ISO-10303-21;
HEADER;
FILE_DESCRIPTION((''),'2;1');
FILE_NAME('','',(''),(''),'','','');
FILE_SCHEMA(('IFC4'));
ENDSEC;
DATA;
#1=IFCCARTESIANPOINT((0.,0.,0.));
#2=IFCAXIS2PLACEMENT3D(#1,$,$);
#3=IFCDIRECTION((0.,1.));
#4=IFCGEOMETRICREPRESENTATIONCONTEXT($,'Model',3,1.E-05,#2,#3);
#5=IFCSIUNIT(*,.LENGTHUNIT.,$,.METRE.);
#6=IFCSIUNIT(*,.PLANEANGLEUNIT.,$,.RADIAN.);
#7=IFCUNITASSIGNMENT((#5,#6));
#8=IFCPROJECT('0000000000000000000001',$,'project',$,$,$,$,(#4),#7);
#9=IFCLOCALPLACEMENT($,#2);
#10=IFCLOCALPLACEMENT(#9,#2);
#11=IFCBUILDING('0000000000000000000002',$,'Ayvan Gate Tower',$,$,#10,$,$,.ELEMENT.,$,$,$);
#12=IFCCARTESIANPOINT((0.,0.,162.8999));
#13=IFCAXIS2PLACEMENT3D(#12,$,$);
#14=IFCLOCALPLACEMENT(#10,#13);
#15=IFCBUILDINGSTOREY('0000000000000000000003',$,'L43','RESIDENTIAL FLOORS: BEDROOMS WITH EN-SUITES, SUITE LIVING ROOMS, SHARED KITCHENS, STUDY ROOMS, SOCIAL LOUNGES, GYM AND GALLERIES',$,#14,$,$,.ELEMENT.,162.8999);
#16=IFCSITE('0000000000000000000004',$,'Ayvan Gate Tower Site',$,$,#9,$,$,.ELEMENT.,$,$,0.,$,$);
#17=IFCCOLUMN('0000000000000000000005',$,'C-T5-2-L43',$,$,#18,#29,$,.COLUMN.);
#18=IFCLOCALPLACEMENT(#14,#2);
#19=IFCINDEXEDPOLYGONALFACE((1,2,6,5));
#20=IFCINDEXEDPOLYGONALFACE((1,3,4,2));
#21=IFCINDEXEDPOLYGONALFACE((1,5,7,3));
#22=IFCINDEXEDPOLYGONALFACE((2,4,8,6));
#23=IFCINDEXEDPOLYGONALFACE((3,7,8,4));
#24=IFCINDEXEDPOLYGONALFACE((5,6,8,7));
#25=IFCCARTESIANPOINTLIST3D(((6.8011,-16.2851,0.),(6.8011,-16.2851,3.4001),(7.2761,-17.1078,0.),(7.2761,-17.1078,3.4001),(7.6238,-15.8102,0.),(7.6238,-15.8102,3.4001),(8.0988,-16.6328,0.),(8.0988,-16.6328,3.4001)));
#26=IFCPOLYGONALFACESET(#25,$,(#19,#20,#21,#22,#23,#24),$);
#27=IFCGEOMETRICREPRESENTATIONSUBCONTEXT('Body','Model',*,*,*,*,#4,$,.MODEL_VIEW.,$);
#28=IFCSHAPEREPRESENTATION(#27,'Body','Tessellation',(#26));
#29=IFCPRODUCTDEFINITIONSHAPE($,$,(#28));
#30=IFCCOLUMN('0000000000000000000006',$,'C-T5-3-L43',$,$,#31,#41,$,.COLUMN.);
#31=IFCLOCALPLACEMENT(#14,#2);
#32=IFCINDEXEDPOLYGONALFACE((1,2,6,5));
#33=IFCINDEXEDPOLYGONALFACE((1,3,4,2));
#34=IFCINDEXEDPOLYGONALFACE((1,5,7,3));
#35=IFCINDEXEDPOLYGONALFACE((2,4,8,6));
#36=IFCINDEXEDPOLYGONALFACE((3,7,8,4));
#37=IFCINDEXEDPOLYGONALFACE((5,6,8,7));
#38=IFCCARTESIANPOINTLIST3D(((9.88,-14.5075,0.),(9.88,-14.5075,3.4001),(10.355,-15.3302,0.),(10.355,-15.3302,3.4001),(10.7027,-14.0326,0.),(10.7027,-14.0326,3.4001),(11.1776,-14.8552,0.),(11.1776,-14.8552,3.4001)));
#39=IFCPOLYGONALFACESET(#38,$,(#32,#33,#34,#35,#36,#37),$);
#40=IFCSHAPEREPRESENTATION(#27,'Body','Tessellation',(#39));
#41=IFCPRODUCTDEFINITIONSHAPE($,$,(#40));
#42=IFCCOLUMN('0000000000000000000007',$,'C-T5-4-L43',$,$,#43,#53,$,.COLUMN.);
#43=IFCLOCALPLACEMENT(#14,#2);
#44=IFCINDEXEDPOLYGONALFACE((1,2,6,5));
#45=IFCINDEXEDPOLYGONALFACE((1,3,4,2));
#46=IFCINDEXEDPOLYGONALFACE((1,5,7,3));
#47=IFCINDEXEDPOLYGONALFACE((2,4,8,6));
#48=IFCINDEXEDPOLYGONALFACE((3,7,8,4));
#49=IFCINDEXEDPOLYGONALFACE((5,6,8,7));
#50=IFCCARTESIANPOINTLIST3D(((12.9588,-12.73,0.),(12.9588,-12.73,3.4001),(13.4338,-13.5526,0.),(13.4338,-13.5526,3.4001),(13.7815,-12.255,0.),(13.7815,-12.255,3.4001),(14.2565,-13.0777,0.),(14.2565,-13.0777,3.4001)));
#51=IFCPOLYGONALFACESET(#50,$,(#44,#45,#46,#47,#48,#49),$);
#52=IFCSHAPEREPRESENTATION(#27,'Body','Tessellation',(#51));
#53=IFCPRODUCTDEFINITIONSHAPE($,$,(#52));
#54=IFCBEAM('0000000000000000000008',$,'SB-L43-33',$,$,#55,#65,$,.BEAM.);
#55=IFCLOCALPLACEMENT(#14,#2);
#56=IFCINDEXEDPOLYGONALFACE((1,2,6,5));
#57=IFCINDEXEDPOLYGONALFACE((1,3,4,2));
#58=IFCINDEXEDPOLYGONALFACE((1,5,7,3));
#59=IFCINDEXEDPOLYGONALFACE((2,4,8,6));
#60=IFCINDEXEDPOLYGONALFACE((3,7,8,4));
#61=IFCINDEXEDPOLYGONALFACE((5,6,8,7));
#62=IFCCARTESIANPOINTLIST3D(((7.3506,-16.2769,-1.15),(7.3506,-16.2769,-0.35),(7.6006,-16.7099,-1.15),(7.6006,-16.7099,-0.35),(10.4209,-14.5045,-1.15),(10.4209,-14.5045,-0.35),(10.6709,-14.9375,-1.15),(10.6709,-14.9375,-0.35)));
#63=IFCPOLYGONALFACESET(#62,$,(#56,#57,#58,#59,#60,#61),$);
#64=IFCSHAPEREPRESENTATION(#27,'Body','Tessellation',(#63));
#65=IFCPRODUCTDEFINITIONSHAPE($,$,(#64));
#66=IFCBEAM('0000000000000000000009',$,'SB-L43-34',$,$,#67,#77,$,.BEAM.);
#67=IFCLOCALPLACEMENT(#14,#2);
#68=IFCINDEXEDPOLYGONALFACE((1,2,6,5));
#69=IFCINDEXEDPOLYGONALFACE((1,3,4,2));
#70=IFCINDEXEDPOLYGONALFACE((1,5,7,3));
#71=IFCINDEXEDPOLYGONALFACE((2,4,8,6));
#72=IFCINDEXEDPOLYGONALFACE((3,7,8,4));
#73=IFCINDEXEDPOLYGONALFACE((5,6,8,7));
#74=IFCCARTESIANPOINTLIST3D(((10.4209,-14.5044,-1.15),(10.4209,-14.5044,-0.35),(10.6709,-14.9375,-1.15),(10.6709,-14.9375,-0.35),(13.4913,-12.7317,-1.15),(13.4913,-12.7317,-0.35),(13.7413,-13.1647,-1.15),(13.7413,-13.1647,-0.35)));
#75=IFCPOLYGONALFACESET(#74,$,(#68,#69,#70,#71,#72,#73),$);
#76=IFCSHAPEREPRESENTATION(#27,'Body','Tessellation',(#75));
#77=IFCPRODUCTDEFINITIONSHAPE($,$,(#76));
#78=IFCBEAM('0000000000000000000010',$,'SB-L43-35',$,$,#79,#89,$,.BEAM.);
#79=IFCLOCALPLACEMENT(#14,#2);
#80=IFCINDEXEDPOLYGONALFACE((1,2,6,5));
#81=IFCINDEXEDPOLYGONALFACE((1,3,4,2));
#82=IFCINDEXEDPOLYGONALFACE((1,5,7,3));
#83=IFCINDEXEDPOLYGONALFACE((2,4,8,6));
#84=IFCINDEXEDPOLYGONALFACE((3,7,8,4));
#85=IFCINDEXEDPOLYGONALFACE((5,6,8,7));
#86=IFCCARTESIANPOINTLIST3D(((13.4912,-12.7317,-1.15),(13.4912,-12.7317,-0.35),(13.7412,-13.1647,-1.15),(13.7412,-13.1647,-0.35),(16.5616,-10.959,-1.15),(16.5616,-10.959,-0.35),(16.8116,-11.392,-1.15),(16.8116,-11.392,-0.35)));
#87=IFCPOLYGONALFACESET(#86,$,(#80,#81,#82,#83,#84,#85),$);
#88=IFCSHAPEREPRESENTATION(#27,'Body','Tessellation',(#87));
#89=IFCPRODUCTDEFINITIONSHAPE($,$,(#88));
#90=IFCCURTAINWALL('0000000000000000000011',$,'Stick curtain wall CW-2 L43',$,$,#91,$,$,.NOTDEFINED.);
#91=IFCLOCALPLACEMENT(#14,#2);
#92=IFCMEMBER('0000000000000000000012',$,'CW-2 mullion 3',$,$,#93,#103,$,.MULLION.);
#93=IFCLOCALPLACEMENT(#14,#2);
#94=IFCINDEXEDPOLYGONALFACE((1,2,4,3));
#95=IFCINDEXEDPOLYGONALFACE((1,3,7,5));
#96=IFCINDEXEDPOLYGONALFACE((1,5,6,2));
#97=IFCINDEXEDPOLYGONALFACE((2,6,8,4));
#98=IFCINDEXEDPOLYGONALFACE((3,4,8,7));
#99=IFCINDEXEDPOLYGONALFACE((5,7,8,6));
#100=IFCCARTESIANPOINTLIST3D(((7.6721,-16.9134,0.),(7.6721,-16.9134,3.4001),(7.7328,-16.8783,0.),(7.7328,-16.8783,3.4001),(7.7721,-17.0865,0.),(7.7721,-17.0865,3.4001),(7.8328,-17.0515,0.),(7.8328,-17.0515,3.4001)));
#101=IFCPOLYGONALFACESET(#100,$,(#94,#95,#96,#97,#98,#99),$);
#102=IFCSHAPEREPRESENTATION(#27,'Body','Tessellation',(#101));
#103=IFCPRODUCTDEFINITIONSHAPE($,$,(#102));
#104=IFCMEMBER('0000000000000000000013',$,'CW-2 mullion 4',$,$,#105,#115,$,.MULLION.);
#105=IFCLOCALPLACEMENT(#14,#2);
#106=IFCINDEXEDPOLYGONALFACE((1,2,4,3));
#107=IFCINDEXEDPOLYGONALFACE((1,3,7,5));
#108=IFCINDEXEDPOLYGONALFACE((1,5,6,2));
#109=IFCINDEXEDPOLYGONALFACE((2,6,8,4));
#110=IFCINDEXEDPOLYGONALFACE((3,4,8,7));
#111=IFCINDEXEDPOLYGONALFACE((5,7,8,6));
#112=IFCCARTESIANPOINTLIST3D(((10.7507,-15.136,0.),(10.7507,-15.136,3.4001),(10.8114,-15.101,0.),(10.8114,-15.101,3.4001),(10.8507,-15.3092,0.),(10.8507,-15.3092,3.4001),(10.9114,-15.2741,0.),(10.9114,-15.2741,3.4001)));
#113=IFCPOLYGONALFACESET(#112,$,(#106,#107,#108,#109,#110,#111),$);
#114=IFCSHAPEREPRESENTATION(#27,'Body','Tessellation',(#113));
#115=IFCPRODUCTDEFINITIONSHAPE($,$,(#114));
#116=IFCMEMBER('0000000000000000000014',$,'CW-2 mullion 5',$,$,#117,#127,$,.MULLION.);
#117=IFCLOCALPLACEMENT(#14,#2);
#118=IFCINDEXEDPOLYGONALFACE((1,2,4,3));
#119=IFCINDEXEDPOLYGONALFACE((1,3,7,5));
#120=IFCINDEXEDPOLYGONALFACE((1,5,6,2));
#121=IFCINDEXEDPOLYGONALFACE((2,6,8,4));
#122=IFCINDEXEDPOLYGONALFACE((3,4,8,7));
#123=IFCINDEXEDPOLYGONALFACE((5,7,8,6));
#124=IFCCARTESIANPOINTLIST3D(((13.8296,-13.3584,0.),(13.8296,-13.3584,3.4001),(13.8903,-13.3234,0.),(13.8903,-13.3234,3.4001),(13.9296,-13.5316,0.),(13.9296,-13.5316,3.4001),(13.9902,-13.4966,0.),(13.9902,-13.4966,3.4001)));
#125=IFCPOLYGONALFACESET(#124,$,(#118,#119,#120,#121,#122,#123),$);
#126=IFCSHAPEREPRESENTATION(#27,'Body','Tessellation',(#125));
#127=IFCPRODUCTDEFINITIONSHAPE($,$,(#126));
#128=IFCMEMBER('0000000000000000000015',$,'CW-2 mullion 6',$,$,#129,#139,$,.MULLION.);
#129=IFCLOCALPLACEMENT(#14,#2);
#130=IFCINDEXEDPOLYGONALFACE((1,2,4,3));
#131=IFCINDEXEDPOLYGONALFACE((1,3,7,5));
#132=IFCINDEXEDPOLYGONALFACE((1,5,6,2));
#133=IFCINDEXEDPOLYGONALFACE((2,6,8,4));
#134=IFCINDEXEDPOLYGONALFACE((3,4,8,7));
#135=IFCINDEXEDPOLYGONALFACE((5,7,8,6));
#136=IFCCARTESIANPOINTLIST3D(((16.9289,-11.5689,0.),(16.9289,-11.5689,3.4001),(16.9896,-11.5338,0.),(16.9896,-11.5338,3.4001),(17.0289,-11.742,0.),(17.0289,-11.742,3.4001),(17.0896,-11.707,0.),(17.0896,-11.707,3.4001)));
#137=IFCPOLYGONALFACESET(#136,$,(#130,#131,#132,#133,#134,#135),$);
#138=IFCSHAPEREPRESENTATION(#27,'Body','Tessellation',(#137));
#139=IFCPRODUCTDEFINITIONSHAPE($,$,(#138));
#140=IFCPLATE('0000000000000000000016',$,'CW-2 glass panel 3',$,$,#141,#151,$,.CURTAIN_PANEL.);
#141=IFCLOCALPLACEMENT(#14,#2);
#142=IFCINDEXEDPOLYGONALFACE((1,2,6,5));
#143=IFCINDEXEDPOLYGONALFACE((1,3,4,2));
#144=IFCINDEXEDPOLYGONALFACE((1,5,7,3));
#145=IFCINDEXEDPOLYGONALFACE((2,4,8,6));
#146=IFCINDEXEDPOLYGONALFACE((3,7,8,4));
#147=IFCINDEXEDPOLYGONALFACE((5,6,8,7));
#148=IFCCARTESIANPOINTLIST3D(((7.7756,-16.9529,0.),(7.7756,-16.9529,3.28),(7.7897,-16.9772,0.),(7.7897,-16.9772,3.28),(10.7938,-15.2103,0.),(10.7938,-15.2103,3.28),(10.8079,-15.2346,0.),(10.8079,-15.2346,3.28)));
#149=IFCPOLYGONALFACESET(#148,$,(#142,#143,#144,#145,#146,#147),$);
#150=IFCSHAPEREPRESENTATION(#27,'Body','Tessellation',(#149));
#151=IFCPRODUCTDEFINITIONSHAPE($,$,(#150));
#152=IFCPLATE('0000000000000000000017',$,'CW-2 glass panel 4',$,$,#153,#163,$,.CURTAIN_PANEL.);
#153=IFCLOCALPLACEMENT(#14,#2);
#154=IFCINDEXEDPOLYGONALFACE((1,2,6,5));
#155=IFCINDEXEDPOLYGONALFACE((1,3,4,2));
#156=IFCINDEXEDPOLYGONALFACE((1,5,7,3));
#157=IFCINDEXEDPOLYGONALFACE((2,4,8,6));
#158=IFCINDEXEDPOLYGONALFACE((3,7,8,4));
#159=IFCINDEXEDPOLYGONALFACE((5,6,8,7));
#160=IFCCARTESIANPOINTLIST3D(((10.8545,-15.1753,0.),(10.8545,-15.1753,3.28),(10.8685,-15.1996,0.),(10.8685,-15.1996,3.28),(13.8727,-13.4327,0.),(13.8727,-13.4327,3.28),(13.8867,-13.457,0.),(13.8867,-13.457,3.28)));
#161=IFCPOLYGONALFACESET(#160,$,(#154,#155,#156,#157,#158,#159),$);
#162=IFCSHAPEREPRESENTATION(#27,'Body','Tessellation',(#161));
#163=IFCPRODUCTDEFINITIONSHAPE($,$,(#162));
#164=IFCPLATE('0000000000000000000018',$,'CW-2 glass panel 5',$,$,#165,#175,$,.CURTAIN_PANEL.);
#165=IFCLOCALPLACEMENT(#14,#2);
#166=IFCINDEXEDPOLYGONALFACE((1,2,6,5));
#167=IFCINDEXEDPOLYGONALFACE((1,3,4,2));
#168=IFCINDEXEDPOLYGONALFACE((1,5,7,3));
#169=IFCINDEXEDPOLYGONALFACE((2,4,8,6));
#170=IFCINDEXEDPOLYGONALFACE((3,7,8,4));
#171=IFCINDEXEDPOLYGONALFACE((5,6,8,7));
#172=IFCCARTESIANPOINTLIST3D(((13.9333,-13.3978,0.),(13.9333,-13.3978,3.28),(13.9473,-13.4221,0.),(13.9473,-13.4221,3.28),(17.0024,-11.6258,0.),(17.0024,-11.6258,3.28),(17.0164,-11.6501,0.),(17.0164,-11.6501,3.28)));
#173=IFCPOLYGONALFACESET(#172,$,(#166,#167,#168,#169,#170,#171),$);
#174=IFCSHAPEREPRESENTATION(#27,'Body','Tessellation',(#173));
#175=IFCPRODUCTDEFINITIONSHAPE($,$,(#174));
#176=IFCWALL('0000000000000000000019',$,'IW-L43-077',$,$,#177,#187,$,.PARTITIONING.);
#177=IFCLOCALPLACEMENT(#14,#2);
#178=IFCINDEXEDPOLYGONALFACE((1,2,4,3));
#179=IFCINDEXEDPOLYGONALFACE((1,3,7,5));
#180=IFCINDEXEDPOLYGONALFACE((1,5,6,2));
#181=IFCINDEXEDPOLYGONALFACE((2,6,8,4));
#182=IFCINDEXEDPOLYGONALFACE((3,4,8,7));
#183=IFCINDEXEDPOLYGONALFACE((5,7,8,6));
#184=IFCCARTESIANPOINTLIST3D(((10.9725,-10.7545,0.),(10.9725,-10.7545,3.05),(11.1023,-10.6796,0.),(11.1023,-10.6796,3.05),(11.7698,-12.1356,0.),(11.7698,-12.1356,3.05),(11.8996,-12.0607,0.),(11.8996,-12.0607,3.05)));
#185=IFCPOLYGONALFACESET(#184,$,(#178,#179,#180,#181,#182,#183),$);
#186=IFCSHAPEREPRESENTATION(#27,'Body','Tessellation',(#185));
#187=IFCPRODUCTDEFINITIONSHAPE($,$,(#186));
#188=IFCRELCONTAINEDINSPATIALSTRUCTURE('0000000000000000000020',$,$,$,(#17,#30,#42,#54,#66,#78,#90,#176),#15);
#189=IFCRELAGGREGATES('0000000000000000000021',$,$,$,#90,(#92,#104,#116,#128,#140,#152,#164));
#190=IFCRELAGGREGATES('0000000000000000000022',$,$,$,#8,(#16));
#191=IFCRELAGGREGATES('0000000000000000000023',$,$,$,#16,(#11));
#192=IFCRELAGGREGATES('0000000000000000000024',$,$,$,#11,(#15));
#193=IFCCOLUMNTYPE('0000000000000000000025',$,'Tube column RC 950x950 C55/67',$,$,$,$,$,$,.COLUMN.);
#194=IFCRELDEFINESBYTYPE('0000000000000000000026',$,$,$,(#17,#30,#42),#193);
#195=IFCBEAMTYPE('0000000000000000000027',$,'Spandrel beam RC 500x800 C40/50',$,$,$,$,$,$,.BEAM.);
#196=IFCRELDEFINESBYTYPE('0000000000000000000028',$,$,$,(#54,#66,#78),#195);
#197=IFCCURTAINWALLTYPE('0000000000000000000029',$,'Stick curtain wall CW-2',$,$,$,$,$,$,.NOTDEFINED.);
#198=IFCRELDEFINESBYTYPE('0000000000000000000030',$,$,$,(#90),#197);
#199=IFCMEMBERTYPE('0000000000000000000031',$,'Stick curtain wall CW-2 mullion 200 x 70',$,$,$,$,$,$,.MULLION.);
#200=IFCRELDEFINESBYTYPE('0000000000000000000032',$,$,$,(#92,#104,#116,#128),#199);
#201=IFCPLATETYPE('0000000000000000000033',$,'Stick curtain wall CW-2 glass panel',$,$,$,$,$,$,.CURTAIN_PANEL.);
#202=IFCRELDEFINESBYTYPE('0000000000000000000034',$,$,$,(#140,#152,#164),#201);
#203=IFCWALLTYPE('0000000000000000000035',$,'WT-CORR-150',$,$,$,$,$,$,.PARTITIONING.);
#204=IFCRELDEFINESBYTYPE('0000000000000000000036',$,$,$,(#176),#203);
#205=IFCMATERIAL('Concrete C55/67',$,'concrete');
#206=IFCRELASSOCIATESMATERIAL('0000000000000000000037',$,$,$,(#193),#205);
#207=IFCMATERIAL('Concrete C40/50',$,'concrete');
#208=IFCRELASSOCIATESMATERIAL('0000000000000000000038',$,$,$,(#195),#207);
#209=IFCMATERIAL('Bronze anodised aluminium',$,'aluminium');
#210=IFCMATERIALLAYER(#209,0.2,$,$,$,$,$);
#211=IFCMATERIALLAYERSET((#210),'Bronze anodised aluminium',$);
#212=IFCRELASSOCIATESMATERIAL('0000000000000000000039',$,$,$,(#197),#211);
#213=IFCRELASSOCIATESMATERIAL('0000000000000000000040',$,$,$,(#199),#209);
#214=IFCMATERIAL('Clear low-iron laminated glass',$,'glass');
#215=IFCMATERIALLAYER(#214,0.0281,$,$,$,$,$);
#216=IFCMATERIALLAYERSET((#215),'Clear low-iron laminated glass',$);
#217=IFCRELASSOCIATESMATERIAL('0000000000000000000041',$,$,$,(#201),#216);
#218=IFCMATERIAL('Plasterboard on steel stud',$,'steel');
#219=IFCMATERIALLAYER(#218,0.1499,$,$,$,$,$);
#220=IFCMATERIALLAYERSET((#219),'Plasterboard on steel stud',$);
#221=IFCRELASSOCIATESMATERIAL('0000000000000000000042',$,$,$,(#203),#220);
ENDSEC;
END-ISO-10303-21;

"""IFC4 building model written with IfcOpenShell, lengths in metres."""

from ifc_helpers import new_model, si_unit, direction, frame, frame_2d, origin, origin_2d, place, context, subcontext, project, spatial, rectangle, extrude, material, layer, layer_set, material_profile, profile_set, type_object, element, aggregate, save


model = new_model("IFC4")

# Units and contexts
model_context = context("Model", 3, precision=1e-05, world=origin(), true_north=direction((0.0, 1.0)))
body_context = subcontext(model_context, "Body", "Model", "MODEL_VIEW")
ifc_project = project(units=[si_unit("LENGTHUNIT", "METRE"), si_unit("PLANEANGLEUNIT", "RADIAN")], contexts=[model_context])

# Site, building, storey
site_placement = place(None, origin())
site = spatial("IfcSite", under=ifc_project, at=site_placement, Name="Ayvan Gate Tower Site", CompositionType="ELEMENT", RefElevation=0.0)
building_placement = place(site_placement, origin())
building = spatial("IfcBuilding", under=site, at=building_placement, Name="Ayvan Gate Tower", CompositionType="ELEMENT")
storey_placement = place(building_placement, frame((0.0, 0.0, 162.8999)))
storey = spatial("IfcBuildingStorey", under=building, at=storey_placement, Name="L43", Description="RESIDENTIAL FLOORS: BEDROOMS WITH EN-SUITES, SUITE LIVING ROOMS, SHARED KITCHENS, STUDY ROOMS, SOCIAL LOUNGES, GYM AND GALLERIES", CompositionType="ELEMENT", Elevation=162.8999)

# Columns
ifc_material_1 = material(Name="Concrete C55/67", Category="concrete")
ifc_material_profile_1 = material_profile(ifc_material_1, rectangle(XDim=0.95, YDim=0.95, at=origin_2d()), Name="RC 950x950")
ifc_profile_set_1 = profile_set([ifc_material_profile_1], Name="Concrete C55/67")
column_type = type_object("IfcColumnType", Name="Tube column RC 950x950 C55/67", PredefinedType="COLUMN", material=ifc_profile_set_1)
for number, where, z_axis, x_axis, name in (
    (1, (7.45, -16.459, 0.0), (0.0, 0.0, 1.0), (0.5, -0.866025, 0.0), "C-T5-2-L43"),
    (2, (10.5288, -14.6814, 0.0), (0.0, 0.0, 1.0), (0.5, -0.866025, 0.0), "C-T5-3-L43"),
    (3, (13.6077, -12.9038, 0.0), (0.0, 0.0, 1.0), (0.5, -0.866025, 0.0), "C-T5-4-L43"),
):
    element("IfcColumn", number, at=place(storey_placement, frame(where, z_axis=z_axis, x_axis=x_axis)), inside=storey, type_object=column_type, Name=name, PredefinedType="COLUMN", context=body_context, shape_type="SweptSolid", body=[
        extrude(rectangle(XDim=0.95, YDim=0.95, at=origin_2d()), origin(), (0.0, 0.0, 1.0), 3.4001),
    ])

# Beams
ifc_material_2 = material(Name="Concrete C40/50", Category="concrete")
ifc_material_profile_2 = material_profile(ifc_material_2, rectangle(XDim=0.5, YDim=0.8, at=origin_2d()), Name="RC 500x800")
ifc_profile_set_2 = profile_set([ifc_material_profile_2], Name="Concrete C40/50")
beam_type = type_object("IfcBeamType", Name="Spandrel beam RC 500x800 C40/50", PredefinedType="BEAM", material=ifc_profile_set_2)
beam_placement = place(storey_placement, frame((7.4756, -16.4934, -0.75), z_axis=(0.866048, 0.499961, 0.0), x_axis=(-0.499961, 0.866048, 0.0)))
element("IfcBeam", 4, at=beam_placement, inside=storey, type_object=beam_type, Name="SB-L43-33", PredefinedType="BEAM", context=body_context, shape_type="SweptSolid", body=[
    extrude(rectangle(XDim=0.5, YDim=0.8, at=origin_2d()), origin(), (0.0, 0.0, 1.0), 3.5452),
])
for number, where, z_axis, x_axis, name in (
    (5, (10.5459, -14.7209, -0.75), (0.866018, 0.500013, 0.0), (-0.500013, 0.866018, 0.0), "SB-L43-34"),
    (6, (13.6162, -12.9482, -0.75), (0.866018, 0.500013, 0.0), (-0.500013, 0.866018, 0.0), "SB-L43-35"),
):
    element("IfcBeam", number, at=place(storey_placement, frame(where, z_axis=z_axis, x_axis=x_axis)), inside=storey, type_object=beam_type, Name=name, PredefinedType="BEAM", context=body_context, shape_type="SweptSolid", body=[
        extrude(rectangle(XDim=0.5, YDim=0.8, at=origin_2d()), origin(), (0.0, 0.0, 1.0), 3.5454),
    ])

# Curtain wall, members, plates
ifc_material_3 = material(Name="Bronze anodised aluminium", Category="aluminium")
ifc_layer_1 = layer(ifc_material_3, 0.2)
ifc_layer_set_1 = layer_set([ifc_layer_1], Name="Bronze anodised aluminium")
curtain_wall_type = type_object("IfcCurtainWallType", Name="Stick curtain wall CW-2", PredefinedType="NOTDEFINED", material=ifc_layer_set_1)
curtain_wall_placement = place(storey_placement, origin())
curtain_wall = element("IfcCurtainWall", 7, at=curtain_wall_placement, inside=storey, type_object=curtain_wall_type, Name="Stick curtain wall CW-2 L43", PredefinedType="NOTDEFINED")
ifc_material_profile_3 = material_profile(ifc_material_3, rectangle(XDim=0.2, YDim=0.0701, at=origin_2d()), Name="Stick curtain wall CW-2 mullion 200 x 70")
ifc_profile_set_3 = profile_set([ifc_material_profile_3], Name="Bronze anodised aluminium")
member_type = type_object("IfcMemberType", Name="Stick curtain wall CW-2 mullion 200 x 70", PredefinedType="MULLION", material=ifc_profile_set_3)
member_1_placement = place(storey_placement, frame((7.7524, -16.9824, 0.0), z_axis=(0.0, 0.0, 1.0), x_axis=(0.5, -0.866025, 0.0)))
member_1 = element("IfcMember", 8, at=member_1_placement, type_object=member_type, Name="CW-2 mullion 3", PredefinedType="MULLION", context=body_context, shape_type="SweptSolid", body=[
    extrude(rectangle(XDim=0.2, YDim=0.0701, at=origin_2d()), origin(), (0.0, 0.0, 1.0), 3.4001),
])
member_2_placement = place(storey_placement, frame((10.8311, -15.2051, 0.0), z_axis=(0.0, 0.0, 1.0), x_axis=(0.5, -0.866025, 0.0)))
member_2 = element("IfcMember", 9, at=member_2_placement, type_object=member_type, Name="CW-2 mullion 4", PredefinedType="MULLION", context=body_context, shape_type="SweptSolid", body=[
    extrude(rectangle(XDim=0.2, YDim=0.0701, at=origin_2d()), origin(), (0.0, 0.0, 1.0), 3.4001),
])
member_3_placement = place(storey_placement, frame((13.9099, -13.4275, 0.0), z_axis=(0.0, 0.0, 1.0), x_axis=(0.5, -0.866025, 0.0)))
member_3 = element("IfcMember", 10, at=member_3_placement, type_object=member_type, Name="CW-2 mullion 5", PredefinedType="MULLION", context=body_context, shape_type="SweptSolid", body=[
    extrude(rectangle(XDim=0.2, YDim=0.0701, at=origin_2d()), origin(), (0.0, 0.0, 1.0), 3.4001),
])
member_4_placement = place(storey_placement, frame((17.0093, -11.6379, 0.0), z_axis=(0.0, 0.0, 1.0), x_axis=(0.5, -0.866025, 0.0)))
member_4 = element("IfcMember", 11, at=member_4_placement, type_object=member_type, Name="CW-2 mullion 6", PredefinedType="MULLION", context=body_context, shape_type="SweptSolid", body=[
    extrude(rectangle(XDim=0.2, YDim=0.0701, at=origin_2d()), origin(), (0.0, 0.0, 1.0), 3.4001),
])
ifc_material_4 = material(Name="Clear low-iron laminated glass", Category="glass")
ifc_layer_2 = layer(ifc_material_4, 0.0281)
ifc_layer_set_2 = layer_set([ifc_layer_2], Name="Clear low-iron laminated glass")
plate_type = type_object("IfcPlateType", Name="Stick curtain wall CW-2 glass panel", PredefinedType="CURTAIN_PANEL", material=ifc_layer_set_2)
plate_1_placement = place(storey_placement, frame((9.2917, -16.0938, 0.0), z_axis=(0.0, 0.0, 1.0), x_axis=(0.866025, 0.5, 0.0)))
plate_1 = element("IfcPlate", 12, at=plate_1_placement, type_object=plate_type, Name="CW-2 glass panel 3", PredefinedType="CURTAIN_PANEL", context=body_context, shape_type="SweptSolid", body=[
    extrude(rectangle(XDim=3.4851, YDim=0.0281, at=origin_2d()), origin(), (0.0, 0.0, 1.0), 3.28),
])
plate_2_placement = place(storey_placement, frame((12.3706, -14.3162, 0.0), z_axis=(0.0, 0.0, 1.0), x_axis=(0.866025, 0.5, 0.0)))
plate_2 = element("IfcPlate", 13, at=plate_2_placement, type_object=plate_type, Name="CW-2 glass panel 4", PredefinedType="CURTAIN_PANEL", context=body_context, shape_type="SweptSolid", body=[
    extrude(rectangle(XDim=3.4851, YDim=0.0281, at=origin_2d()), origin(), (0.0, 0.0, 1.0), 3.28),
])
plate_3_placement = place(storey_placement, frame((15.4749, -12.5239, 0.0), z_axis=(0.0, 0.0, 1.0), x_axis=(0.866025, 0.5, 0.0)))
plate_3 = element("IfcPlate", 14, at=plate_3_placement, type_object=plate_type, Name="CW-2 glass panel 5", PredefinedType="CURTAIN_PANEL", context=body_context, shape_type="SweptSolid", body=[
    extrude(rectangle(XDim=3.5439, YDim=0.0281, at=origin_2d()), origin(), (0.0, 0.0, 1.0), 3.28),
])
aggregate(curtain_wall, [member_1, member_2, member_3, member_4, plate_1, plate_2, plate_3])

# Wall
ifc_material_5 = material(Name="Plasterboard on steel stud", Category="steel")
ifc_layer_3 = layer(ifc_material_5, 0.1499)
ifc_layer_set_3 = layer_set([ifc_layer_3], Name="Plasterboard on steel stud")
wall_type_1 = type_object("IfcWallType", Name="WT-CORR-150", PredefinedType="PARTITIONING", material=ifc_layer_set_3)
wall_1_placement = place(storey_placement, frame((11.8347, -12.0981, 0.0), z_axis=(0.0, 0.0, 1.0), x_axis=(-0.499992, 0.86603, 0.0)))
element("IfcWall", 15, at=wall_1_placement, inside=storey, type_object=wall_type_1, Name="IW-L43-077", PredefinedType="PARTITIONING", context=body_context, shape_type="SweptSolid", body=[
    extrude(rectangle(XDim=1.5947, YDim=0.1499, at=frame_2d((0.7974, 0.0))), origin(), (0.0, 0.0, 1.0), 3.05),
])

save(model, "model.ifc")
